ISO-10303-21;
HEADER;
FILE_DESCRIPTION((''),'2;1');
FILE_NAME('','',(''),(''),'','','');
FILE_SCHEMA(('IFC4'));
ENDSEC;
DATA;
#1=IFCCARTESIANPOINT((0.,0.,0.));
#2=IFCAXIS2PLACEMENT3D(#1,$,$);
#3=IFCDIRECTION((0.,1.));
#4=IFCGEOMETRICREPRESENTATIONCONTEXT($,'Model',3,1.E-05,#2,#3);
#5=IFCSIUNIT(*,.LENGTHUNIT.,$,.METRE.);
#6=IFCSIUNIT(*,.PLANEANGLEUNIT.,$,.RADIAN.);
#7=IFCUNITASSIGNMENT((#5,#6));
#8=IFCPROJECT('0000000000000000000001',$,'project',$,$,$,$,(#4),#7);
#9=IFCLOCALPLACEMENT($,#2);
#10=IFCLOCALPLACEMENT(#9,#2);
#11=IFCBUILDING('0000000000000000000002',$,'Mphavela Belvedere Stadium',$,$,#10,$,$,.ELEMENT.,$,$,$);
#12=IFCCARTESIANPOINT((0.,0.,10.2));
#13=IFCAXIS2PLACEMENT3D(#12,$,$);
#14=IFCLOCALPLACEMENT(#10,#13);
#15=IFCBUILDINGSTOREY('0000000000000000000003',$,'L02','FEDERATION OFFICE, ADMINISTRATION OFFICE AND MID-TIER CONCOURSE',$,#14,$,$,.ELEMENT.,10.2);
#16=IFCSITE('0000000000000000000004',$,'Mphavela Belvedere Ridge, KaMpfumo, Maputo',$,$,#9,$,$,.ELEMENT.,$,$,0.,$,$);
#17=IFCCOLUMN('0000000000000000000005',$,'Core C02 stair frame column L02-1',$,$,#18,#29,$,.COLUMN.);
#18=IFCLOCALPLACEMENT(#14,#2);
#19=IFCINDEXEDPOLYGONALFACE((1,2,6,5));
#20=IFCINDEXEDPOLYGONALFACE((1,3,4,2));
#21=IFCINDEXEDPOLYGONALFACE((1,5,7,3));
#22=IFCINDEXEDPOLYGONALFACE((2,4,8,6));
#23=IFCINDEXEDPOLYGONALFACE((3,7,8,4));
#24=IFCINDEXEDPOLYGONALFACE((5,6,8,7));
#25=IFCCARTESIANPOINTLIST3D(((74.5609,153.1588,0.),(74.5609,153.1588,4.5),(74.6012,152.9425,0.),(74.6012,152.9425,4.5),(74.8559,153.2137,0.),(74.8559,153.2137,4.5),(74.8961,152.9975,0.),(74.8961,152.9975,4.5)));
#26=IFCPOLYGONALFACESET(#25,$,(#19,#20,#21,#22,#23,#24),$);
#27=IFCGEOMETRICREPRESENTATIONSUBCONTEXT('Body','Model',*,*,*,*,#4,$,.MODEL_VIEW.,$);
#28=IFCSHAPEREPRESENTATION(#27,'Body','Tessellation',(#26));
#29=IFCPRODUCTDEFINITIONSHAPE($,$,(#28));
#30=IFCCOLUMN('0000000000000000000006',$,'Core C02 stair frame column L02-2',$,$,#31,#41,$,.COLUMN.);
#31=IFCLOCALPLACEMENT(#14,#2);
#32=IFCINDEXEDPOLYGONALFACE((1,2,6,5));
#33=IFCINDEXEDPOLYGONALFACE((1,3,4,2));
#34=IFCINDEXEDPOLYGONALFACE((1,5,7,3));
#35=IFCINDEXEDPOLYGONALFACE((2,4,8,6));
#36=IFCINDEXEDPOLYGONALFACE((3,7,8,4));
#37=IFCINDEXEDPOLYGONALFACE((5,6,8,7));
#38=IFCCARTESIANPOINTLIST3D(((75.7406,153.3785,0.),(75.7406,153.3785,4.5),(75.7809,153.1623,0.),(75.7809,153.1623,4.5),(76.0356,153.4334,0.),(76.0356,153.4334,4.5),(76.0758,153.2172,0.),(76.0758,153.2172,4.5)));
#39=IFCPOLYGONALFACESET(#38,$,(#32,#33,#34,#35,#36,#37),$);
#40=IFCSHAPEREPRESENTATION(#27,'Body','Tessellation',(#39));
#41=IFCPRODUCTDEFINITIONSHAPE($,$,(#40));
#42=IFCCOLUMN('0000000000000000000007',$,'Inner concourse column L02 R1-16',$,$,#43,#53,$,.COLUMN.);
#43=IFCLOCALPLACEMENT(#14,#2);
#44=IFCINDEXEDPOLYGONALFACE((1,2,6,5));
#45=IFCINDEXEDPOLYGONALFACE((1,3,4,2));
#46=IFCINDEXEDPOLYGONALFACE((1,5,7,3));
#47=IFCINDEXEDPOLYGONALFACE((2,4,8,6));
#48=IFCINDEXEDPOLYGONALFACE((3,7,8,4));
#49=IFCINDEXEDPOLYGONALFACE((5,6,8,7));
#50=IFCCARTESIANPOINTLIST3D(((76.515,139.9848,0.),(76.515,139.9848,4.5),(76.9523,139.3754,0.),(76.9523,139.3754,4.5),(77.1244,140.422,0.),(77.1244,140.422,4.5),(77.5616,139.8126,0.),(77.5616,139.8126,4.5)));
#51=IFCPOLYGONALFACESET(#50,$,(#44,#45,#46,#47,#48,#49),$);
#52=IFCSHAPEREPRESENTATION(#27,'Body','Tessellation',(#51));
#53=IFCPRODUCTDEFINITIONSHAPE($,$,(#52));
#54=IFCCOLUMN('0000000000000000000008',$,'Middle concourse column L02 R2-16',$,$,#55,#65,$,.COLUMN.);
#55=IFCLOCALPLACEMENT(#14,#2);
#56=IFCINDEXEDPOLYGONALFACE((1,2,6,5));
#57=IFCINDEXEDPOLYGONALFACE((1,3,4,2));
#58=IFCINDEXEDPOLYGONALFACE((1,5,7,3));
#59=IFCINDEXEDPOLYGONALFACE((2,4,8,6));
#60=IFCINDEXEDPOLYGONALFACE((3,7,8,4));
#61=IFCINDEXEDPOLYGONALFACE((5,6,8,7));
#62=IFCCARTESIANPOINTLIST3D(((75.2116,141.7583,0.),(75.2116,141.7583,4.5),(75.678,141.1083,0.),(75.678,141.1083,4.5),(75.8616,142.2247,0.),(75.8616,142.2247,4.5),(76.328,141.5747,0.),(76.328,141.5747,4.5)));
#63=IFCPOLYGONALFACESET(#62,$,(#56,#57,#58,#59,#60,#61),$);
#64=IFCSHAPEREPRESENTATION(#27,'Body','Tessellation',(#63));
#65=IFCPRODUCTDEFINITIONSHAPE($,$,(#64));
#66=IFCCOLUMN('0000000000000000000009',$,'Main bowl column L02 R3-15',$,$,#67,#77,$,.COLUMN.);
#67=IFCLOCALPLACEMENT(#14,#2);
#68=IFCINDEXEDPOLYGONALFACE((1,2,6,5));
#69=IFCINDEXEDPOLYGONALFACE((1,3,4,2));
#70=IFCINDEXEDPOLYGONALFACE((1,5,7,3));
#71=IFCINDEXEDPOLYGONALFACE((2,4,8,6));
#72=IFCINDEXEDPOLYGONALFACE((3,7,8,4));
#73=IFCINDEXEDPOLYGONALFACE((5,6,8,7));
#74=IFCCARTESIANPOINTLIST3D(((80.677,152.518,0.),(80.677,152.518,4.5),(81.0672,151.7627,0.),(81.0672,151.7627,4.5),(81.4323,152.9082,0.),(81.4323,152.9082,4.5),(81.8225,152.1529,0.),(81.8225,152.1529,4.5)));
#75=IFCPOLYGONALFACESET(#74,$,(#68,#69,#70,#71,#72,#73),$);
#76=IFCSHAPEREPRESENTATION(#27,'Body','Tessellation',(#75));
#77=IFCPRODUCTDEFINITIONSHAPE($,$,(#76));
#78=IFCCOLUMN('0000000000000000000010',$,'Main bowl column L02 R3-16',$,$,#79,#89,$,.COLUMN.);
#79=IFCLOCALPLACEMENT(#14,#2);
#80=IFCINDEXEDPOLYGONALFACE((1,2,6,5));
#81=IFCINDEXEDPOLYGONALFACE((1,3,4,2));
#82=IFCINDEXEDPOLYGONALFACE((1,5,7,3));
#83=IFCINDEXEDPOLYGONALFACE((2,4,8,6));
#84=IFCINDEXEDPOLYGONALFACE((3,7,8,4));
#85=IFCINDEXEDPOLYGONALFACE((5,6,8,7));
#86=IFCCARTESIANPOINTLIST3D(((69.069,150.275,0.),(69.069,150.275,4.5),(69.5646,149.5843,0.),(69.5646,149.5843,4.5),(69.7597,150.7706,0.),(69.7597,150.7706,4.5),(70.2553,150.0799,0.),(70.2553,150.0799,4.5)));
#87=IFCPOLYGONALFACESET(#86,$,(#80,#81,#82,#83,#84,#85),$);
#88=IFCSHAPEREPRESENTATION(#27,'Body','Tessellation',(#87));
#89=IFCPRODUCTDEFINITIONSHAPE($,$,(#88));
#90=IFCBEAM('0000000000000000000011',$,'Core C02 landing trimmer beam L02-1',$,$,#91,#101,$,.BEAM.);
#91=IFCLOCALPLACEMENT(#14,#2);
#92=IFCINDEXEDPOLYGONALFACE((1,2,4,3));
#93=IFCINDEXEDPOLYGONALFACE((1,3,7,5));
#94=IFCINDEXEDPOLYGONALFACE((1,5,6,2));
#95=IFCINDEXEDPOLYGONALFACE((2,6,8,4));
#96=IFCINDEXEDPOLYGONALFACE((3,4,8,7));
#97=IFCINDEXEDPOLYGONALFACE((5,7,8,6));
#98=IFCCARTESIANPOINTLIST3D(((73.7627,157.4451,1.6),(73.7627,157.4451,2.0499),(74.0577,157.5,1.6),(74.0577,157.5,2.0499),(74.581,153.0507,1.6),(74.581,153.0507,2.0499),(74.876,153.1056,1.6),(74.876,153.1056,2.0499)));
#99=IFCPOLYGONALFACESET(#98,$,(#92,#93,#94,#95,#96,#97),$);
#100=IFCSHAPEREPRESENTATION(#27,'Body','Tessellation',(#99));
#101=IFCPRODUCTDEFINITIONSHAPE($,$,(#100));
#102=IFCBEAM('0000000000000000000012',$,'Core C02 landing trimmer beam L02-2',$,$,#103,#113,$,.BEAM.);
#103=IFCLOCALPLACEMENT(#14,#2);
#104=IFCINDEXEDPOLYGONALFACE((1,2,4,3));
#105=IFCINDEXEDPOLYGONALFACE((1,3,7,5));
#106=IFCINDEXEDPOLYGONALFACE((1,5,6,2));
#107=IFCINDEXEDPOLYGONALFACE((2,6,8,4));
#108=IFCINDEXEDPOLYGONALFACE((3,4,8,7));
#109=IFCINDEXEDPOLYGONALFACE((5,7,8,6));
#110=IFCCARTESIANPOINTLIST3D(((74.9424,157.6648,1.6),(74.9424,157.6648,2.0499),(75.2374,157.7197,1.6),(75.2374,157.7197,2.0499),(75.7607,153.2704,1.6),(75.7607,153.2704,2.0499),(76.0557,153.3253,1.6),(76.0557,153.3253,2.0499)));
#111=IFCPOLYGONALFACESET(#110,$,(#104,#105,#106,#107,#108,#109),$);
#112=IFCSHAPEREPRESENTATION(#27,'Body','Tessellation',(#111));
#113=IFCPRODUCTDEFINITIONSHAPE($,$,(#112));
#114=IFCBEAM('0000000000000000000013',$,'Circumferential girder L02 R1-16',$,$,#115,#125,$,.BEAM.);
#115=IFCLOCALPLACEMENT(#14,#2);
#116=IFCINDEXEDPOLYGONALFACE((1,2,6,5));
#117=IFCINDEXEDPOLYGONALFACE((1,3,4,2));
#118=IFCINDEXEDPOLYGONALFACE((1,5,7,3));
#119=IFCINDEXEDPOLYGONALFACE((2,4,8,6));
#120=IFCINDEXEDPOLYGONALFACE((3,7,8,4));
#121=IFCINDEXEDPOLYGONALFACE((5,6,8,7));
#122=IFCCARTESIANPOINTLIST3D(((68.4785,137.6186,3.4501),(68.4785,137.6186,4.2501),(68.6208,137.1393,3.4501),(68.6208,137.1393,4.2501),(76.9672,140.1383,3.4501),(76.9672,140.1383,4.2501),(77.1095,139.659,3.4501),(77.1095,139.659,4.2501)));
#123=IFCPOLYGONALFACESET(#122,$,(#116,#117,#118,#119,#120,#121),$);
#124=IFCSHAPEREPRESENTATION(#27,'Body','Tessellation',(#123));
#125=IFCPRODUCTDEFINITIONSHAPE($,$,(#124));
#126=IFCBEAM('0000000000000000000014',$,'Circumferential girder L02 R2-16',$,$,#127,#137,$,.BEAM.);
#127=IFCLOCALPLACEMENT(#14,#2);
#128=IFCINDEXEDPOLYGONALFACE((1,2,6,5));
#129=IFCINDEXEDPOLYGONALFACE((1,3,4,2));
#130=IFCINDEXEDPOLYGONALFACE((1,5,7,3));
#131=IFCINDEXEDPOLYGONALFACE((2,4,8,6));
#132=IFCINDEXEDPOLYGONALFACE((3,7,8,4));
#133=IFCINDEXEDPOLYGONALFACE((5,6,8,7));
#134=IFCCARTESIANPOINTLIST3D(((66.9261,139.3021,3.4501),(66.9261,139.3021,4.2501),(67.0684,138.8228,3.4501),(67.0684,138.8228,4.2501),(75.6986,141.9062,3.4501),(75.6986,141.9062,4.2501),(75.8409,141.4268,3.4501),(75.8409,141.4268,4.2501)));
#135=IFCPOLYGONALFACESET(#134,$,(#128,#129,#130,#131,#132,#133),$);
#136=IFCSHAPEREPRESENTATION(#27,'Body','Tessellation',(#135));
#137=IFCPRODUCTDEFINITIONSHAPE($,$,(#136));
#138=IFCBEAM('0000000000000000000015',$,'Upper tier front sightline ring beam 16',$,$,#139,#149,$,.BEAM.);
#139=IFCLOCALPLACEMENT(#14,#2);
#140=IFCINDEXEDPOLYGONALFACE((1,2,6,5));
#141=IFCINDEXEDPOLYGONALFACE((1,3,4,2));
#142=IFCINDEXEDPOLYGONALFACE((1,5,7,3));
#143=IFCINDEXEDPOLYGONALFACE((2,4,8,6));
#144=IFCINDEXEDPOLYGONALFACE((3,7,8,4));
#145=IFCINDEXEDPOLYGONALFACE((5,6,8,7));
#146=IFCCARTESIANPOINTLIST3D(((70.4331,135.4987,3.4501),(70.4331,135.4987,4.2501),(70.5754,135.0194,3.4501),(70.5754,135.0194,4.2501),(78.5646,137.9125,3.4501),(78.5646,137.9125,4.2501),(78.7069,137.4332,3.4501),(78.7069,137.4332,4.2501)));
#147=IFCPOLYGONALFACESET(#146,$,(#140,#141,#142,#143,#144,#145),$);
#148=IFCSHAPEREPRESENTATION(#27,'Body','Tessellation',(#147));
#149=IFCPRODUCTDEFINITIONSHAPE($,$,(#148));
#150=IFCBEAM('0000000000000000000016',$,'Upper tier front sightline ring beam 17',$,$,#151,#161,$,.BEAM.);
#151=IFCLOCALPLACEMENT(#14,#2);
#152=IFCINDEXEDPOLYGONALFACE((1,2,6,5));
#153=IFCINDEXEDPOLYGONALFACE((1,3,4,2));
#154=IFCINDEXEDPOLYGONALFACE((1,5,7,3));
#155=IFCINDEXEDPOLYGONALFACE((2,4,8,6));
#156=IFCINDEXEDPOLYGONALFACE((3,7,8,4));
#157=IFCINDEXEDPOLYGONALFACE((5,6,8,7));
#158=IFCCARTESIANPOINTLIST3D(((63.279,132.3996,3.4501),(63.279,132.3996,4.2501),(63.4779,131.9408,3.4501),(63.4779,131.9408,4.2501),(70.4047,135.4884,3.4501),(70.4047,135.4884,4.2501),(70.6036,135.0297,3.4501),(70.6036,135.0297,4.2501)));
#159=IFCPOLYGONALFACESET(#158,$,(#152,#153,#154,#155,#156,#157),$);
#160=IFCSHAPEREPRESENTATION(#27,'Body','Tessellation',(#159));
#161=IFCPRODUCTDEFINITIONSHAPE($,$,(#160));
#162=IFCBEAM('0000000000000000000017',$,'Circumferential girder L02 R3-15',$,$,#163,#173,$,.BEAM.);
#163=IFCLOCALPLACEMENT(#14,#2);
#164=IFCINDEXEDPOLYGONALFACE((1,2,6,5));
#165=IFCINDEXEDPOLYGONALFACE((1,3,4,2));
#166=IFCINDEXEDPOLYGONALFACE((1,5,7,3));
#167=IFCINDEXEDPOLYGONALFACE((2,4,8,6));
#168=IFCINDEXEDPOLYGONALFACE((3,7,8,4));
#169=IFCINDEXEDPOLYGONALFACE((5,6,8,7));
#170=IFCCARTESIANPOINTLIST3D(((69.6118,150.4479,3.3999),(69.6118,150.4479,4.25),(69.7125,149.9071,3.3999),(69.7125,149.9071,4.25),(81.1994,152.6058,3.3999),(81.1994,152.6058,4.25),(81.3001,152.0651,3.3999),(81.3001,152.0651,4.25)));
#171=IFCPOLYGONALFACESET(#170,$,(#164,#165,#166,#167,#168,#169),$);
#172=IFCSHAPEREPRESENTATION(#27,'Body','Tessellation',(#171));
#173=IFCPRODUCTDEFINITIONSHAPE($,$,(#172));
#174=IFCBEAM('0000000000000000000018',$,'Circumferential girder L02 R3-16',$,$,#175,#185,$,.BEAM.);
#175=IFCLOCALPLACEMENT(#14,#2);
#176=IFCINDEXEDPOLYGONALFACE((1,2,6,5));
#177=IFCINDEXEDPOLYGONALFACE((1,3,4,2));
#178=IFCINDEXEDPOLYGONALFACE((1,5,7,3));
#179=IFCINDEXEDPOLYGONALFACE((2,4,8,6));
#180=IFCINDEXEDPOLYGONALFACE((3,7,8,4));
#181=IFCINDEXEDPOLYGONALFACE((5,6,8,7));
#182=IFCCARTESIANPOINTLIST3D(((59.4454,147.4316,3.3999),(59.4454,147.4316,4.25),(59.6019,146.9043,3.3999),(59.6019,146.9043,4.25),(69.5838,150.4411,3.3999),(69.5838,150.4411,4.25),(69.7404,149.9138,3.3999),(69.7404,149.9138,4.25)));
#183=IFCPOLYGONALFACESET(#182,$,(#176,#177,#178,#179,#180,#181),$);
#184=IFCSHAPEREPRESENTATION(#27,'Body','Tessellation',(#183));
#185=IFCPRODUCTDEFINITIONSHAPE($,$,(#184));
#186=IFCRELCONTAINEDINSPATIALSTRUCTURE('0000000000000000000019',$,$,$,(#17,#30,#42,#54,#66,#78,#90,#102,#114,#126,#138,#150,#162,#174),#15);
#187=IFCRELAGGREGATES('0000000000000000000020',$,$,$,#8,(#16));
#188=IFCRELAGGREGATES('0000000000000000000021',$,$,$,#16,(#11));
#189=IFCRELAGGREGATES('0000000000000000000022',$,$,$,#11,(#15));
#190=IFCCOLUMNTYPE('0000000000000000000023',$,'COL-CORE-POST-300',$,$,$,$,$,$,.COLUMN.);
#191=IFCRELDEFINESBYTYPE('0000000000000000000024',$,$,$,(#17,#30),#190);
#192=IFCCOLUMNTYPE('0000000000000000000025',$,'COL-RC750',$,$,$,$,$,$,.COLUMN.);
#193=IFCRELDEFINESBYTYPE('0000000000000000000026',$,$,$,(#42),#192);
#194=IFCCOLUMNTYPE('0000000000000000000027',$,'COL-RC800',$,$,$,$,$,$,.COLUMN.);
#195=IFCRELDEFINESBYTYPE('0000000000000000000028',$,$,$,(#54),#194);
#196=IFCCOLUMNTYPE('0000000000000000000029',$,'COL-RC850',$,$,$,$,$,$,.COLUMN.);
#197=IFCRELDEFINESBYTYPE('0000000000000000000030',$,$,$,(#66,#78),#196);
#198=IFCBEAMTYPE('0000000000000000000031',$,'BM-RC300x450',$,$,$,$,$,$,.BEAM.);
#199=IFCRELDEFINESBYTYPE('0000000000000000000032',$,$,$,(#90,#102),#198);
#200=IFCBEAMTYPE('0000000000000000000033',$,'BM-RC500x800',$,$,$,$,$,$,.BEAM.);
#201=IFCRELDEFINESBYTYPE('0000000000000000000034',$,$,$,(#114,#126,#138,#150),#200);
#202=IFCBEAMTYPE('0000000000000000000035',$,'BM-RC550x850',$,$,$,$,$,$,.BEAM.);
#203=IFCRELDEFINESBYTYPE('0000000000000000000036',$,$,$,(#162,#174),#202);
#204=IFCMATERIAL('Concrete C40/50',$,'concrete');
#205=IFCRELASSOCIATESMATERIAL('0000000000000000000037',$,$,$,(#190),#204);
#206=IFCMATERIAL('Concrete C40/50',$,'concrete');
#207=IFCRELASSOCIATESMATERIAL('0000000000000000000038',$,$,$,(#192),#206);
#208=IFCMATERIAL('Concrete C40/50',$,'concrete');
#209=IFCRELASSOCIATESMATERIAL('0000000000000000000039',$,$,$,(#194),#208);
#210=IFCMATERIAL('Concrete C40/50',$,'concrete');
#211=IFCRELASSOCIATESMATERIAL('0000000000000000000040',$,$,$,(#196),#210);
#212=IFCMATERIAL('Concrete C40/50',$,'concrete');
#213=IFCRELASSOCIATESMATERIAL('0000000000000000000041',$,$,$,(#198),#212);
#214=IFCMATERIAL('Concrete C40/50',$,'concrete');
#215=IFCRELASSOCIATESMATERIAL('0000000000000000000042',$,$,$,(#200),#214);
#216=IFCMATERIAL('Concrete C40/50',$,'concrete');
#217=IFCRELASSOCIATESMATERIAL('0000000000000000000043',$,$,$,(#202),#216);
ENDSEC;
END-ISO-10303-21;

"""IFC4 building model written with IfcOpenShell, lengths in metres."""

from ifc_helpers import new_model, si_unit, direction, frame, origin, origin_2d, place, context, subcontext, project, spatial, rectangle, extrude, material, material_profile, profile_set, type_object, element, save


model = new_model("IFC4")

# Units and contexts
model_context = context("Model", 3, precision=1e-05, world=origin(), true_north=direction((0.0, 1.0)))
body_context = subcontext(model_context, "Body", "Model", "MODEL_VIEW")
ifc_project = project(units=[si_unit("LENGTHUNIT", "METRE"), si_unit("PLANEANGLEUNIT", "RADIAN")], contexts=[model_context])

# Site, building, storey
site_placement = place(None, origin())
site = spatial("IfcSite", under=ifc_project, at=site_placement, Name="Mphavela Belvedere Ridge, KaMpfumo, Maputo", CompositionType="ELEMENT", RefElevation=0.0)
building_placement = place(site_placement, origin())
building = spatial("IfcBuilding", under=site, at=building_placement, Name="Mphavela Belvedere Stadium", CompositionType="ELEMENT")
storey_placement = place(building_placement, frame((0.0, 0.0, 10.2)))
storey = spatial("IfcBuildingStorey", under=building, at=storey_placement, Name="L02", Description="FEDERATION OFFICE, ADMINISTRATION OFFICE AND MID-TIER CONCOURSE", CompositionType="ELEMENT", Elevation=10.2)

# Columns
ifc_material_1 = material(Name="Concrete C40/50", Category="concrete")
ifc_material_profile_1 = material_profile(ifc_material_1, rectangle(XDim=0.3, YDim=0.22, at=origin_2d()), Name="RC 300x220")
ifc_profile_set_1 = profile_set([ifc_material_profile_1], Name="Concrete C40/50")
column_type_1 = type_object("IfcColumnType", Name="COL-CORE-POST-300", PredefinedType="COLUMN", material=ifc_profile_set_1)
for number, where, z_axis, x_axis, name in (
    (1, (74.7285, 153.0781, 0.0), (0.0, 0.0, 1.0), (0.983096, 0.183094, 0.0), "Core C02 stair frame column L02-1"),
    (2, (75.9082, 153.2979, 0.0), (0.0, 0.0, 1.0), (0.983096, 0.183094, 0.0), "Core C02 stair frame column L02-2"),
):
    element("IfcColumn", number, at=place(storey_placement, frame(where, z_axis=z_axis, x_axis=x_axis)), inside=storey, type_object=column_type_1, Name=name, PredefinedType="COLUMN", context=body_context, shape_type="SweptSolid", body=[
        extrude(rectangle(XDim=0.3, YDim=0.22, at=origin_2d()), origin(), (0.0, 0.0, 1.0), 4.5),
    ])
ifc_material_2 = material(Name="Concrete C40/50", Category="concrete")
ifc_material_profile_2 = material_profile(ifc_material_2, rectangle(XDim=0.75, YDim=0.75, at=origin_2d()), Name="RC 750x750")
ifc_profile_set_2 = profile_set([ifc_material_profile_2], Name="Concrete C40/50")
column_type_2 = type_object("IfcColumnType", Name="COL-RC750", PredefinedType="COLUMN", material=ifc_profile_set_2)
column_1_placement = place(storey_placement, frame((77.0383, 139.8987, 0.0), z_axis=(0.0, 0.0, 1.0), x_axis=(-0.582974, 0.812491, 0.0)))
element("IfcColumn", 3, at=column_1_placement, inside=storey, type_object=column_type_2, Name="Inner concourse column L02 R1-16", PredefinedType="COLUMN", context=body_context, shape_type="SweptSolid", body=[
    extrude(rectangle(XDim=0.75, YDim=0.75, at=origin_2d()), origin(), (0.0, 0.0, 1.0), 4.5),
])
ifc_material_3 = material(Name="Concrete C40/50", Category="concrete")
ifc_material_profile_3 = material_profile(ifc_material_3, rectangle(XDim=0.8, YDim=0.8, at=origin_2d()), Name="RC 800x800")
ifc_profile_set_3 = profile_set([ifc_material_profile_3], Name="Concrete C40/50")
column_type_3 = type_object("IfcColumnType", Name="COL-RC800", PredefinedType="COLUMN", material=ifc_profile_set_3)
column_2_placement = place(storey_placement, frame((75.7698, 141.6665, 0.0), z_axis=(0.0, 0.0, 1.0), x_axis=(-0.582974, 0.812491, 0.0)))
element("IfcColumn", 4, at=column_2_placement, inside=storey, type_object=column_type_3, Name="Middle concourse column L02 R2-16", PredefinedType="COLUMN", context=body_context, shape_type="SweptSolid", body=[
    extrude(rectangle(XDim=0.8, YDim=0.8, at=origin_2d()), origin(), (0.0, 0.0, 1.0), 4.5),
])
ifc_material_4 = material(Name="Concrete C40/50", Category="concrete")
ifc_material_profile_4 = material_profile(ifc_material_4, rectangle(XDim=0.8501, YDim=0.8501, at=origin_2d()), Name="RC 850x850")
ifc_profile_set_4 = profile_set([ifc_material_profile_4], Name="Concrete C40/50")
column_type_4 = type_object("IfcColumnType", Name="COL-RC850", PredefinedType="COLUMN", material=ifc_profile_set_4)
for number, where, z_axis, x_axis, name in (
    (5, (81.2498, 152.3354, 0.0), (0.0, 0.0, 1.0), (-0.45896, 0.888457, 0.0), "Main bowl column L02 R3-15"),
    (6, (69.6621, 150.1775, 0.0), (0.0, 0.0, 1.0), (-0.582974, 0.812491, 0.0), "Main bowl column L02 R3-16"),
):
    element("IfcColumn", number, at=place(storey_placement, frame(where, z_axis=z_axis, x_axis=x_axis)), inside=storey, type_object=column_type_4, Name=name, PredefinedType="COLUMN", context=body_context, shape_type="SweptSolid", body=[
        extrude(rectangle(XDim=0.8501, YDim=0.8501, at=origin_2d()), origin(), (0.0, 0.0, 1.0), 4.5),
    ])

# Beams
ifc_material_5 = material(Name="Concrete C40/50", Category="concrete")
ifc_material_profile_5 = material_profile(ifc_material_5, rectangle(XDim=0.3, YDim=0.45, at=origin_2d()), Name="RC 300x450")
ifc_profile_set_5 = profile_set([ifc_material_profile_5], Name="Concrete C40/50")
beam_type_1 = type_object("IfcBeamType", Name="BM-RC300x450", PredefinedType="BEAM", material=ifc_profile_set_5)
for number, where, z_axis, x_axis, name in (
    (7, (74.7285, 153.0781, 1.825), (-0.183075, 0.983099, 0.0), (-0.983099, -0.183075, 0.0), "Core C02 landing trimmer beam L02-1"),
    (8, (75.9082, 153.2979, 1.825), (-0.183075, 0.983099, 0.0), (-0.983099, -0.183075, 0.0), "Core C02 landing trimmer beam L02-2"),
):
    element("IfcBeam", number, at=place(storey_placement, frame(where, z_axis=z_axis, x_axis=x_axis)), inside=storey, type_object=beam_type_1, Name=name, PredefinedType="BEAM", context=body_context, shape_type="SweptSolid", body=[
        extrude(rectangle(XDim=0.3, YDim=0.45, at=origin_2d()), origin(), (0.0, 0.0, 1.0), 4.47),
    ])
ifc_material_6 = material(Name="Concrete C40/50", Category="concrete")
ifc_material_profile_6 = material_profile(ifc_material_6, rectangle(XDim=0.5, YDim=0.8, at=origin_2d()), Name="RC 500x800")
ifc_profile_set_6 = profile_set([ifc_material_profile_6], Name="Concrete C40/50")
beam_type_2 = type_object("IfcBeamType", Name="BM-RC500x800", PredefinedType="BEAM", material=ifc_profile_set_6)
beam_1_placement = place(storey_placement, frame((77.0383, 139.8987, 3.8501), z_axis=(-0.958657, -0.284564, 0.0), x_axis=(0.284564, -0.958657, 0.0)))
element("IfcBeam", 9, at=beam_1_placement, inside=storey, type_object=beam_type_2, Name="Circumferential girder L02 R1-16", PredefinedType="BEAM", context=body_context, shape_type="SweptSolid", body=[
    extrude(rectangle(XDim=0.5, YDim=0.8, at=origin_2d()), origin(), (0.0, 0.0, 1.0), 8.8547),
])
beam_2_placement = place(storey_placement, frame((75.7698, 141.6665, 3.8501), z_axis=(-0.958656, -0.284566, 0.0), x_axis=(0.284566, -0.958656, 0.0)))
element("IfcBeam", 10, at=beam_2_placement, inside=storey, type_object=beam_type_2, Name="Circumferential girder L02 R2-16", PredefinedType="BEAM", context=body_context, shape_type="SweptSolid", body=[
    extrude(rectangle(XDim=0.5, YDim=0.8, at=origin_2d()), origin(), (0.0, 0.0, 1.0), 9.1509),
])
beam_3_placement = place(storey_placement, frame((78.6357, 137.6729, 3.8501), z_axis=(-0.958655, -0.284571, 0.0), x_axis=(0.284571, -0.958655, 0.0)))
element("IfcBeam", 11, at=beam_3_placement, inside=storey, type_object=beam_type_2, Name="Upper tier front sightline ring beam 16", PredefinedType="BEAM", context=body_context, shape_type="SweptSolid", body=[
    extrude(rectangle(XDim=0.5, YDim=0.8, at=origin_2d()), origin(), (0.0, 0.0, 1.0), 8.4822),
])
beam_4_placement = place(storey_placement, frame((70.5042, 135.259, 3.8501), z_axis=(-0.917506, -0.397721, 0.0), x_axis=(0.397721, -0.917506, 0.0)))
element("IfcBeam", 12, at=beam_4_placement, inside=storey, type_object=beam_type_2, Name="Upper tier front sightline ring beam 17", PredefinedType="BEAM", context=body_context, shape_type="SweptSolid", body=[
    extrude(rectangle(XDim=0.5, YDim=0.8, at=origin_2d()), origin(), (0.0, 0.0, 1.0), 7.7664),
])
ifc_material_7 = material(Name="Concrete C40/50", Category="concrete")
ifc_material_profile_7 = material_profile(ifc_material_7, rectangle(XDim=0.55, YDim=0.8501, at=origin_2d()), Name="RC 550x850")
ifc_profile_set_7 = profile_set([ifc_material_profile_7], Name="Concrete C40/50")
beam_type_3 = type_object("IfcBeamType", Name="BM-RC550x850", PredefinedType="BEAM", material=ifc_profile_set_7)
beam_5_placement = place(storey_placement, frame((81.2498, 152.3354, 3.825), z_axis=(-0.983098, -0.183082, 0.0), x_axis=(0.183082, -0.983098, 0.0)))
element("IfcBeam", 13, at=beam_5_placement, inside=storey, type_object=beam_type_3, Name="Circumferential girder L02 R3-15", PredefinedType="BEAM", context=body_context, shape_type="SweptSolid", body=[
    extrude(rectangle(XDim=0.55, YDim=0.8501, at=origin_2d()), origin(), (0.0, 0.0, 1.0), 11.7869),
])
beam_6_placement = place(storey_placement, frame((69.6621, 150.1775, 3.825), z_axis=(-0.958655, -0.28457, 0.0), x_axis=(0.28457, -0.958655, 0.0)))
element("IfcBeam", 14, at=beam_6_placement, inside=storey, type_object=beam_type_3, Name="Circumferential girder L02 R3-16", PredefinedType="BEAM", context=body_context, shape_type="SweptSolid", body=[
    extrude(rectangle(XDim=0.55, YDim=0.8501, at=origin_2d()), origin(), (0.0, 0.0, 1.0), 10.5757),
])

save(model, "model.ifc")
